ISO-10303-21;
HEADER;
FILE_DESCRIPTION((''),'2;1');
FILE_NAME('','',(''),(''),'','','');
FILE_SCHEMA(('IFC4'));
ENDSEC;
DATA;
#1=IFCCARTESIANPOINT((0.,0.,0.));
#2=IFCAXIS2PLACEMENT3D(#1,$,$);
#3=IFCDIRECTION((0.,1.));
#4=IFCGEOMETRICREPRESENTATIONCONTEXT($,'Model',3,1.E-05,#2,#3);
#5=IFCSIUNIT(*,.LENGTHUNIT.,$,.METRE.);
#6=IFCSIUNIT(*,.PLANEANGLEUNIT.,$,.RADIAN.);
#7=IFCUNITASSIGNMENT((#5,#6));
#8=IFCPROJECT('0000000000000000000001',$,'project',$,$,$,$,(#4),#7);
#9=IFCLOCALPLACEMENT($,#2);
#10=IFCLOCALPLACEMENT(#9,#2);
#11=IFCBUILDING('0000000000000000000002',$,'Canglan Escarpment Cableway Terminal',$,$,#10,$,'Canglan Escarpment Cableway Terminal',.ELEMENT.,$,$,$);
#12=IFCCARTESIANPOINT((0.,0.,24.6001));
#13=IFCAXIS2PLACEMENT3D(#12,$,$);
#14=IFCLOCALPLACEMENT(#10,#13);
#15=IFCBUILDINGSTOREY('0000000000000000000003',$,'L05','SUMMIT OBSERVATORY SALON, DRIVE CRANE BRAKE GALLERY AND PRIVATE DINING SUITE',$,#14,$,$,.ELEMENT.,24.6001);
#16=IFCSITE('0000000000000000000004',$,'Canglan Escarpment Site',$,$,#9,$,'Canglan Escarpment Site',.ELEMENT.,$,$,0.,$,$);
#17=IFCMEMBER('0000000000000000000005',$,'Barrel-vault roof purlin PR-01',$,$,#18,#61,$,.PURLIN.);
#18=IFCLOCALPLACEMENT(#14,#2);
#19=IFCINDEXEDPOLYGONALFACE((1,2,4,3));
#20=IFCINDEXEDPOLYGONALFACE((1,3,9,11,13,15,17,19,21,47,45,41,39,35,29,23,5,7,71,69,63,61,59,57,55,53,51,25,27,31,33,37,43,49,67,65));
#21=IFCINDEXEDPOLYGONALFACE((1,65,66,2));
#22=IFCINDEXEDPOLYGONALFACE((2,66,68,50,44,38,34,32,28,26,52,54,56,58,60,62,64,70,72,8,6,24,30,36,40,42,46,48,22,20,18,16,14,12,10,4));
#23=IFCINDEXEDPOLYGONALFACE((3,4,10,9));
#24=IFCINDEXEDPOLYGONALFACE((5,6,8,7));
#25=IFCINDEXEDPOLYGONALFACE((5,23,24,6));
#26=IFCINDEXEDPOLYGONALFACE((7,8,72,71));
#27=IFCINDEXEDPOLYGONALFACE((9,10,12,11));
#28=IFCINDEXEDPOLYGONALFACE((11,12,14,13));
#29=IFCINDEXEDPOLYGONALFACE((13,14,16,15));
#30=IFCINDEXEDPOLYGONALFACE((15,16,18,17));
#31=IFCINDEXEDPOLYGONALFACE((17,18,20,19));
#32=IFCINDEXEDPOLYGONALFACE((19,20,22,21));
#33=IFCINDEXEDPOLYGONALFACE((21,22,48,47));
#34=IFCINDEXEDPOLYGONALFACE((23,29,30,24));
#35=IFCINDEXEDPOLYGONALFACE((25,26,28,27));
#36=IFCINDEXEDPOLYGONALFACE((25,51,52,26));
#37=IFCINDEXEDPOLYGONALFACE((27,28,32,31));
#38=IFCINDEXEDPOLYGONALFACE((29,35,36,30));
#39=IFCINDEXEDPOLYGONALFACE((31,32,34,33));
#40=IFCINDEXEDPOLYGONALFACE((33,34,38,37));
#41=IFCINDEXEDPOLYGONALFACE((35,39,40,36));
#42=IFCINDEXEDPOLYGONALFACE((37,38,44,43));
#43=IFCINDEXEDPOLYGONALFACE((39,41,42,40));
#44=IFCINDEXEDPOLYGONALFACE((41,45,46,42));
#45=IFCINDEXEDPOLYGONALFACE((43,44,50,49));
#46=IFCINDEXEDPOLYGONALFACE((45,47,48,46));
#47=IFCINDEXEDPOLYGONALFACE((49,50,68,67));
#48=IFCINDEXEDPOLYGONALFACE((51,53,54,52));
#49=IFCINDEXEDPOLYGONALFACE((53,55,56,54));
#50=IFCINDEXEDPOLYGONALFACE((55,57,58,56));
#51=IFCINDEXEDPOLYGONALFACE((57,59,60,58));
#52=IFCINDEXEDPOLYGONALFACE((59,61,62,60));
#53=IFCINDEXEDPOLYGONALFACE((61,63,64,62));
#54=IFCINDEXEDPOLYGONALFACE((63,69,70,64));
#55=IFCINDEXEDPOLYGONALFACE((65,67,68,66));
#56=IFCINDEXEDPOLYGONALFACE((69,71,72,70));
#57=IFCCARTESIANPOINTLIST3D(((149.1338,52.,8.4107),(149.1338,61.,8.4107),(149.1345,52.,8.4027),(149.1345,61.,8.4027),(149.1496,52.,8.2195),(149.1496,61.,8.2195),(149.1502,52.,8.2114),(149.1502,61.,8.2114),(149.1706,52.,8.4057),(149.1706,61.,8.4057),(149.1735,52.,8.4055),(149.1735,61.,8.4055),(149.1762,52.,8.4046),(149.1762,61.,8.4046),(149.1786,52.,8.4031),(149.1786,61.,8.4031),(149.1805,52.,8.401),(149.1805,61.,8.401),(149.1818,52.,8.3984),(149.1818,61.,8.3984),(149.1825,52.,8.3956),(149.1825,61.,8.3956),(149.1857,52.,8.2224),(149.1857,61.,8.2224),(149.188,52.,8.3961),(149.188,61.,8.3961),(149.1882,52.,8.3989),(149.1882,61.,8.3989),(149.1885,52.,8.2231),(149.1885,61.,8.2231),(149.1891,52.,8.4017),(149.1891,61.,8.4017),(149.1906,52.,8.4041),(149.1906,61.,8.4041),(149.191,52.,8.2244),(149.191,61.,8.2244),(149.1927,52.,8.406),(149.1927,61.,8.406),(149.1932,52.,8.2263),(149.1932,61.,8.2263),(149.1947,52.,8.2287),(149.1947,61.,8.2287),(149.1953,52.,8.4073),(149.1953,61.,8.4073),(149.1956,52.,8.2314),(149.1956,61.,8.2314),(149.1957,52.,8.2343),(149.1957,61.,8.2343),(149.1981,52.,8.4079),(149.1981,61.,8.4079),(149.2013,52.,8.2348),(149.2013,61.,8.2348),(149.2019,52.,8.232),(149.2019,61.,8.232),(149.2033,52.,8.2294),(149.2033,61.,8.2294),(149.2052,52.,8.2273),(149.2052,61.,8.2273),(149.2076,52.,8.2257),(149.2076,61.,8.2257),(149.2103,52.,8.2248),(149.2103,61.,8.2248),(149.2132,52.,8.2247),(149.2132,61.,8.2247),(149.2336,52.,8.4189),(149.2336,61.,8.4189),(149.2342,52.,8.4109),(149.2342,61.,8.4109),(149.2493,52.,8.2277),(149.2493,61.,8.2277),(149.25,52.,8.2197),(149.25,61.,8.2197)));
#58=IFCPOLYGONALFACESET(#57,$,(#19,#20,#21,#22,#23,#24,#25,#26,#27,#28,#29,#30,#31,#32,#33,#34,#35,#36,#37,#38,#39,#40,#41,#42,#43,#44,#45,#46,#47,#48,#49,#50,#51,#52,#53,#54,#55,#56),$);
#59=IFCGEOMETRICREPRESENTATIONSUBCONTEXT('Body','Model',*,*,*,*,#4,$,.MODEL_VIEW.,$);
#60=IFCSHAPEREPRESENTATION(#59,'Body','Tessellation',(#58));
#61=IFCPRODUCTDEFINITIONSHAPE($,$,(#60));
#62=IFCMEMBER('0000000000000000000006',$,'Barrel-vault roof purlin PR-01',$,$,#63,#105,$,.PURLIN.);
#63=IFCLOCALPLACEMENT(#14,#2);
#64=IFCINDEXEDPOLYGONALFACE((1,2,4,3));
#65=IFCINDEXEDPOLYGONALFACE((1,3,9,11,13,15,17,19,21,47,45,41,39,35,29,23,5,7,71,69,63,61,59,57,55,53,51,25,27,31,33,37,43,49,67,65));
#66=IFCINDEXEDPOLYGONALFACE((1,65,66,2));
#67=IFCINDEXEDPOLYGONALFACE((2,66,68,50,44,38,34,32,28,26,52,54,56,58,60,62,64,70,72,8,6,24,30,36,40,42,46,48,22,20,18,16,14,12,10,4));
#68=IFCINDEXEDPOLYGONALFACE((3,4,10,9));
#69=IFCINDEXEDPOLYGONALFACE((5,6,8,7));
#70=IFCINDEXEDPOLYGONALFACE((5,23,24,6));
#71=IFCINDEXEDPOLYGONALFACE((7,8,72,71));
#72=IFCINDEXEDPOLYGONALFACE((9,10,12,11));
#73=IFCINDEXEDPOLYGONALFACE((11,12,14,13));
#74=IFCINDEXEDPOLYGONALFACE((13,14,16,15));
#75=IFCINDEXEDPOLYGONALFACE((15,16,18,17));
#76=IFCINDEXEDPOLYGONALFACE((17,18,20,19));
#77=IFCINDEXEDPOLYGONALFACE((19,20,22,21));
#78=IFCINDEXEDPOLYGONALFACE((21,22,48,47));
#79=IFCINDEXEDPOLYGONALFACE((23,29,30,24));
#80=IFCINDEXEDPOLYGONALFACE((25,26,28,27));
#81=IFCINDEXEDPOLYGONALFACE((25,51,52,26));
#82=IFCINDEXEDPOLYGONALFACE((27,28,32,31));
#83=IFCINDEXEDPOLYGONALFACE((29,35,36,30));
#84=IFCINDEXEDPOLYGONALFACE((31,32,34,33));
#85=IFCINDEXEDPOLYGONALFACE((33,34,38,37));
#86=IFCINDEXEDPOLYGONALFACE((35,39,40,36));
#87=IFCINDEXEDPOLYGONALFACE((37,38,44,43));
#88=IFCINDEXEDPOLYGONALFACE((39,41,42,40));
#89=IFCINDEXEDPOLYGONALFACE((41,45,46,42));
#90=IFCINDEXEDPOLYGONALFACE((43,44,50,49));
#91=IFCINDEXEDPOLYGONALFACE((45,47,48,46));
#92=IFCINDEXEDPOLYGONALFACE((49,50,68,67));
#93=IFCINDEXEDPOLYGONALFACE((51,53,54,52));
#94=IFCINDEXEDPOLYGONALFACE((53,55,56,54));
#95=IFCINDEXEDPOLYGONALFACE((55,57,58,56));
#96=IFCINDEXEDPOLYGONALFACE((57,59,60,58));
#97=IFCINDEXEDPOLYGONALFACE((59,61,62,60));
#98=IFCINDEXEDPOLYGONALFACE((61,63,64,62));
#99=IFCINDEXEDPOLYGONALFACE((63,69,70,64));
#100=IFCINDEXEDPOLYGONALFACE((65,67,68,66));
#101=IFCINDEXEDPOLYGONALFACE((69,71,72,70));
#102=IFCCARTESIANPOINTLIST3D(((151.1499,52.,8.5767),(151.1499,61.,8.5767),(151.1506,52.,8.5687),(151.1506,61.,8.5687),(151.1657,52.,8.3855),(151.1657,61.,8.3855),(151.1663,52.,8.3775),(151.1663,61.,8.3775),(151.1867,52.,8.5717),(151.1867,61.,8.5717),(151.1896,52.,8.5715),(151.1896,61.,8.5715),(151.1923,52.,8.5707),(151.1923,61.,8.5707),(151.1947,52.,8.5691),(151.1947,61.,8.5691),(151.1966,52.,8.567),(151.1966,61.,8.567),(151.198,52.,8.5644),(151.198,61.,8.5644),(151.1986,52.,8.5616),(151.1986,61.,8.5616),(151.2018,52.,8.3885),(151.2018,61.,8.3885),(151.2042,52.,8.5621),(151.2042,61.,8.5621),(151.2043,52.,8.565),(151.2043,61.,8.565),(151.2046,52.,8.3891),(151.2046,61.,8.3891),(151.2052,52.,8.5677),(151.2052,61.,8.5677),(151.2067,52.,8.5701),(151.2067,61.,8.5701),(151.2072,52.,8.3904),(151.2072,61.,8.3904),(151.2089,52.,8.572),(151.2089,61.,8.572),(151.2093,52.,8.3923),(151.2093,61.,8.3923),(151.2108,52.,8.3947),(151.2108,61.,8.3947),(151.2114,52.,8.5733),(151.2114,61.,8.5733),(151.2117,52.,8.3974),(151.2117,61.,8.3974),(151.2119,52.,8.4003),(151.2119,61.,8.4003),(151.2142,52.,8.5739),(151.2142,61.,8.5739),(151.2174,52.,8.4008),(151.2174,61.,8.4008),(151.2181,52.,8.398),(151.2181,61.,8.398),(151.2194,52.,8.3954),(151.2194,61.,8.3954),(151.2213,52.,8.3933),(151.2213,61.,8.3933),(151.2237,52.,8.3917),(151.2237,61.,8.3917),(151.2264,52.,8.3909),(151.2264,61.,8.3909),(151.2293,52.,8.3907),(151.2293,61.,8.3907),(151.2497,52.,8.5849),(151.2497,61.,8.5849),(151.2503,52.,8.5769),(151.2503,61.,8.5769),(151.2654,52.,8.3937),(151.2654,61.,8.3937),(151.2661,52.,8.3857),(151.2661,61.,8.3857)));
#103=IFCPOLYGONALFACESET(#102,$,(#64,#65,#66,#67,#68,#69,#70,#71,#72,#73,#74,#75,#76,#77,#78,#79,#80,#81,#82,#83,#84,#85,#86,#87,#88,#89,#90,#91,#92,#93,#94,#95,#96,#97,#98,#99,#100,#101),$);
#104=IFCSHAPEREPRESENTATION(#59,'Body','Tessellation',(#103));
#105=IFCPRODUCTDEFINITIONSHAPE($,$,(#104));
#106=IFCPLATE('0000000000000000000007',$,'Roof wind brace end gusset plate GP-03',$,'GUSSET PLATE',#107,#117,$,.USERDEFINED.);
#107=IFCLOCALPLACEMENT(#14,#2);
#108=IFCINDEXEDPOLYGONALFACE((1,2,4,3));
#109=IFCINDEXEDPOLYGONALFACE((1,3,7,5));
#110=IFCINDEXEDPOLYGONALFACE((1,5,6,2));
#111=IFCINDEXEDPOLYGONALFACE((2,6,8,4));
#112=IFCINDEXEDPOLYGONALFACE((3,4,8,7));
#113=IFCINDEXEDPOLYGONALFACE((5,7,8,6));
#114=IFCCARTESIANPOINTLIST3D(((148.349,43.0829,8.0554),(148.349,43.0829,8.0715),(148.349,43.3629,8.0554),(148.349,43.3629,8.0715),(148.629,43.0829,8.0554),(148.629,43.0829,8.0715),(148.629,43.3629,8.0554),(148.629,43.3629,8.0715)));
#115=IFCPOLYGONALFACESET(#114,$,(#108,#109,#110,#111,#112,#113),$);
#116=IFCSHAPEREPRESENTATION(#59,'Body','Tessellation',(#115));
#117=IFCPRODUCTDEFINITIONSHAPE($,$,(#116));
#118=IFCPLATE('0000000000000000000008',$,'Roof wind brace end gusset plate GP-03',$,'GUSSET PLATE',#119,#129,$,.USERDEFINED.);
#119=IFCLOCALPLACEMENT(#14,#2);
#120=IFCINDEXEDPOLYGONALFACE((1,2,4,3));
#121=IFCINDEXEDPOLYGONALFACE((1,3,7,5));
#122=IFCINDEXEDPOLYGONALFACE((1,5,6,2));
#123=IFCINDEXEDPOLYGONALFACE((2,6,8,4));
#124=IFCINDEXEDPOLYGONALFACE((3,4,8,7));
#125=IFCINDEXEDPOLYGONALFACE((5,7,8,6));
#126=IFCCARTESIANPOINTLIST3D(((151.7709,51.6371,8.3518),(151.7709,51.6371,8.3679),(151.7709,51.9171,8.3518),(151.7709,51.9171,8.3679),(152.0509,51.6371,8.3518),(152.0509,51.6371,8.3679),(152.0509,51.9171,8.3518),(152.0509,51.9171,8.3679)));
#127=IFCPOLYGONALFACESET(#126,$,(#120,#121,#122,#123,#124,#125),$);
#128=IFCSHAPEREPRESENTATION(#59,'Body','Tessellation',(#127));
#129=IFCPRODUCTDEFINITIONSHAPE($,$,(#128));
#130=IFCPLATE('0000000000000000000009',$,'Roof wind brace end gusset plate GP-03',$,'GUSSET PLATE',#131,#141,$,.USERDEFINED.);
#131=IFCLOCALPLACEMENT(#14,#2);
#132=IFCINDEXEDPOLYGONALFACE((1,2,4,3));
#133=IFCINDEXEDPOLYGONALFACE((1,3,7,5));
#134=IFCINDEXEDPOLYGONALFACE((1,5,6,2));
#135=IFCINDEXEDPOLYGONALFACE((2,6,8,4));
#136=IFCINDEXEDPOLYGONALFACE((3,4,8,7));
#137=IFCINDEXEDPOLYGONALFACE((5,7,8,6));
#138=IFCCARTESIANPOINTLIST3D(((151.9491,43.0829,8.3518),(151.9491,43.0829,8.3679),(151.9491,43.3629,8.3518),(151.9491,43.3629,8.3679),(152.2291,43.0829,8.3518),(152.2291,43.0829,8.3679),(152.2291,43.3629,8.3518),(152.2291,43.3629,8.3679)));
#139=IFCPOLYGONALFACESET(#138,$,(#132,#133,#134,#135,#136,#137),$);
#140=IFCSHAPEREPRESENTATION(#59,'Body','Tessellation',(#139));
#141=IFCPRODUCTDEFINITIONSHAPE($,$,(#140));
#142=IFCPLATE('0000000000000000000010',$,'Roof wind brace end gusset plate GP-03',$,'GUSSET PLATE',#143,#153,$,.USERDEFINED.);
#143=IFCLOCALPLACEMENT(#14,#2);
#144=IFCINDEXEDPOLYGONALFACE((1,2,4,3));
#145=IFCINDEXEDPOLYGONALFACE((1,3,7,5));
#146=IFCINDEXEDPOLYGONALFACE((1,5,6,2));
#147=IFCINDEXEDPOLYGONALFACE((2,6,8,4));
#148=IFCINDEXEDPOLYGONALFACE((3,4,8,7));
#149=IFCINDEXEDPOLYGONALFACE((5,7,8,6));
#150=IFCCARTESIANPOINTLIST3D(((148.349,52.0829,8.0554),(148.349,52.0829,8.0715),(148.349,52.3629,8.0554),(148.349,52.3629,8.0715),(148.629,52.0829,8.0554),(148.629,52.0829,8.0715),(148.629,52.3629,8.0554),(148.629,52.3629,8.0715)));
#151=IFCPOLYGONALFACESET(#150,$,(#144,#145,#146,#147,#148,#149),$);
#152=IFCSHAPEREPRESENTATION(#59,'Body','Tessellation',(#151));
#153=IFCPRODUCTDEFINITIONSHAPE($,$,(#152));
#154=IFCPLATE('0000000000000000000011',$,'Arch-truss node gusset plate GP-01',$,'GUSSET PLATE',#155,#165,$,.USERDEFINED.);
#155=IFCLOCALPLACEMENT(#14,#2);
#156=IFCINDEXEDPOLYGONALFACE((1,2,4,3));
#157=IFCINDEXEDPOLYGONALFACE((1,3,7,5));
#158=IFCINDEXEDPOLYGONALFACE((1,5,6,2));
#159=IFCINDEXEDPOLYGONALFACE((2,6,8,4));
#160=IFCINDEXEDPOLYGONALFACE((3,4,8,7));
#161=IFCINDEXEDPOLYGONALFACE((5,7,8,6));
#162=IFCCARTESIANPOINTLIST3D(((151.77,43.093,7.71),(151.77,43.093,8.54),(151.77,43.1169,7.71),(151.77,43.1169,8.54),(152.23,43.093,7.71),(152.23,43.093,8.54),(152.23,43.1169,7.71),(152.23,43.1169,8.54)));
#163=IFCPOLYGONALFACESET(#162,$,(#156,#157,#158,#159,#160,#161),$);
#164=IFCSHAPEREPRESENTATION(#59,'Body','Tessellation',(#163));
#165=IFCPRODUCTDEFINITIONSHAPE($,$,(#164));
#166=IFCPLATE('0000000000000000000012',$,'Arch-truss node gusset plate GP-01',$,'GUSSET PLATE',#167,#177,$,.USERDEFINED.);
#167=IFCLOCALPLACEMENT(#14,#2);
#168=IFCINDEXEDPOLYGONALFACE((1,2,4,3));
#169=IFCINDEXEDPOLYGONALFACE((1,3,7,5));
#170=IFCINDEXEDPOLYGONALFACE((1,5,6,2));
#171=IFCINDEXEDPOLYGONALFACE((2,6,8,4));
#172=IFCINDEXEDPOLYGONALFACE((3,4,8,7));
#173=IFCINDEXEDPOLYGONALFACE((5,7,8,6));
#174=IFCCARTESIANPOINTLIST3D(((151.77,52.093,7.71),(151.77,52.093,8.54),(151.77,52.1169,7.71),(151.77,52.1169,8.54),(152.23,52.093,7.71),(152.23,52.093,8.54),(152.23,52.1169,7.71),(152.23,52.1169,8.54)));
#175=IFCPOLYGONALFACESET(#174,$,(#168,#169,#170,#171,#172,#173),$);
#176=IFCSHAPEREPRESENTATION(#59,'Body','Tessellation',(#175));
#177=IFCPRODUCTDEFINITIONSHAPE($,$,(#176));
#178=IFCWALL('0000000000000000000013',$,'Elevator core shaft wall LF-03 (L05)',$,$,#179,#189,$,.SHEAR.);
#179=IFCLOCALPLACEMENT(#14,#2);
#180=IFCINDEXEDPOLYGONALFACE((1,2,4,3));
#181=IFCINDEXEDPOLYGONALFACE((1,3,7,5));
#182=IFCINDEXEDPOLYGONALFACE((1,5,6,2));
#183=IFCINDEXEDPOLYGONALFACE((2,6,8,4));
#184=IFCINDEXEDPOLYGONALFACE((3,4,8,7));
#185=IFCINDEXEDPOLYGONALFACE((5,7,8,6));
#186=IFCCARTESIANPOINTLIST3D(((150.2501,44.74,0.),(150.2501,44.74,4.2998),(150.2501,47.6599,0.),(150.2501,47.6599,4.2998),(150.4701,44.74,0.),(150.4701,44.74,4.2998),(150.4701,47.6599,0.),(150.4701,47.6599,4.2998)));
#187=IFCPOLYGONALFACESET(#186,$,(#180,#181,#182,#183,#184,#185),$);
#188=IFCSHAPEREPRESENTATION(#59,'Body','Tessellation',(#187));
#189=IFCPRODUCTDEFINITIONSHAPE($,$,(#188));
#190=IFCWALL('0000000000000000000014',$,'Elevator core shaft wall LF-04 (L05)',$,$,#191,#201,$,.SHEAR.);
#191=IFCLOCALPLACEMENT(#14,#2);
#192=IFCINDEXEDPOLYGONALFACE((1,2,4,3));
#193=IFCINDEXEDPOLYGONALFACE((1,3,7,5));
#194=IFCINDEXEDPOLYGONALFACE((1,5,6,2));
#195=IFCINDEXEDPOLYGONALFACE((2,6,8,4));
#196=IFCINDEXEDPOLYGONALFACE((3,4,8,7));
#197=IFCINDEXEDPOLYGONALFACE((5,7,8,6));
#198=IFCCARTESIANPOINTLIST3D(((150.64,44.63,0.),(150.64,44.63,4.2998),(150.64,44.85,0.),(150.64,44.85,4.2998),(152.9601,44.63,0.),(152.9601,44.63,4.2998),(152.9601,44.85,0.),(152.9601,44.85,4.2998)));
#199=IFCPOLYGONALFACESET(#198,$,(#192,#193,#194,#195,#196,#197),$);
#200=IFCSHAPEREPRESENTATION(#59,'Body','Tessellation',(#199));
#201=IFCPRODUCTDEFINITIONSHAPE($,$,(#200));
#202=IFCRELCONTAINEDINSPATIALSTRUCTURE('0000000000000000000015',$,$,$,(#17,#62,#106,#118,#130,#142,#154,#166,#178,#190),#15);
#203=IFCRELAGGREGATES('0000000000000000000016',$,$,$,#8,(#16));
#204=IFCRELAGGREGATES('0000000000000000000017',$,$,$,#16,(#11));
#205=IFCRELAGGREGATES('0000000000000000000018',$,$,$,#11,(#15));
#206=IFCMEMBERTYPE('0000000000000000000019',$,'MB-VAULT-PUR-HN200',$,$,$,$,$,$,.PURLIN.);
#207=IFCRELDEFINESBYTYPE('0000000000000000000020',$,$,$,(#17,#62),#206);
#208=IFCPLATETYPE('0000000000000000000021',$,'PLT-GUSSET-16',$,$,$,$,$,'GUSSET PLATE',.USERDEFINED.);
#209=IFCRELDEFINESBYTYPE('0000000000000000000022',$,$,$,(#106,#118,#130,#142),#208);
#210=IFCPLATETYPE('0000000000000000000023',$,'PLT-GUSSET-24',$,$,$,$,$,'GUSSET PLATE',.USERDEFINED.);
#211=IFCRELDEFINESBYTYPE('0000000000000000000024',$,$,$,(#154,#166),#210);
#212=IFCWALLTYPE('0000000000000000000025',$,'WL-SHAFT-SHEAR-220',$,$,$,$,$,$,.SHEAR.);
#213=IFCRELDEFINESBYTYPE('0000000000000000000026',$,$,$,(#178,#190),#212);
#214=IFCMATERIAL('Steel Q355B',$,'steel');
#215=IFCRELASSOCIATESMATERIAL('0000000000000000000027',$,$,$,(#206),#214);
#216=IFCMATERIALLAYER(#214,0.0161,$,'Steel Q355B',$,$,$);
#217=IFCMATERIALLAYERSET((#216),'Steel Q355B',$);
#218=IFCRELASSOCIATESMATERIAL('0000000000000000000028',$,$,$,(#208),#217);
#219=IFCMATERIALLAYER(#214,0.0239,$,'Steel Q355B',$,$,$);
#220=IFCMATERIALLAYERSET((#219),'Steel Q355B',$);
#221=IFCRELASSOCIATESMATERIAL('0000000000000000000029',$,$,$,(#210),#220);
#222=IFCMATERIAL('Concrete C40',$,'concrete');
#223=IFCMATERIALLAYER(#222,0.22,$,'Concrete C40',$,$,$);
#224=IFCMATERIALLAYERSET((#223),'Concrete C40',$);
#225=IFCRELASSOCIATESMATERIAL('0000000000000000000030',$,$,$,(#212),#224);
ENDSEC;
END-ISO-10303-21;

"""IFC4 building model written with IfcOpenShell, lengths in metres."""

from ifc_helpers import new_model, si_unit, direction, frame, frame_2d, origin, origin_2d, place, context, subcontext, project, spatial, rectangle, i_section, extrude, material, layer, layer_set, material_profile, profile_set, type_object, element, save


model = new_model("IFC4")

# Units and contexts
model_context = context("Model", 3, precision=1e-05, world=origin(), true_north=direction((0.0, 1.0)))
body_context = subcontext(model_context, "Body", "Model", "MODEL_VIEW")
ifc_project = project(units=[si_unit("LENGTHUNIT", "METRE"), si_unit("PLANEANGLEUNIT", "RADIAN")], contexts=[model_context])

# Site, building, storey
site_placement = place(None, origin())
site = spatial("IfcSite", under=ifc_project, at=site_placement, Name="Canglan Escarpment Site", LongName="Canglan Escarpment Site", CompositionType="ELEMENT", RefElevation=0.0)
building_placement = place(site_placement, origin())
building = spatial("IfcBuilding", under=site, at=building_placement, Name="Canglan Escarpment Cableway Terminal", LongName="Canglan Escarpment Cableway Terminal", CompositionType="ELEMENT")
storey_placement = place(building_placement, frame((0.0, 0.0, 24.6001)))
storey = spatial("IfcBuildingStorey", under=building, at=storey_placement, Name="L05", Description="SUMMIT OBSERVATORY SALON, DRIVE CRANE BRAKE GALLERY AND PRIVATE DINING SUITE", CompositionType="ELEMENT", Elevation=24.6001)

# Shared definitions
ifc_material_1 = material(Name="Steel Q355B", Category="steel")

# Members
ifc_material_profile_1 = material_profile(ifc_material_1, i_section(OverallWidth=0.1001, OverallDepth=0.2, WebThickness=0.0056, FlangeThickness=0.0081, FilletRadius=0.011, at=origin_2d()), Name="HN 200x100x5.5x8")
ifc_profile_set_1 = profile_set([ifc_material_profile_1], Name="Steel Q355B")
member_type_1 = type_object("IfcMemberType", Name="MB-VAULT-PUR-HN200", PredefinedType="PURLIN", material=ifc_profile_set_1)
for number, where, z_axis, x_axis, name in (
    (1, (149.1919, 52.0, 8.3152), (0.0, 1.0, 0.0), (-0.996626, 0.0, -0.082078), "Barrel-vault roof purlin PR-01"),
    (2, (151.208, 52.0, 8.4812), (0.0, 1.0, 0.0), (-0.996626, 0.0, -0.082078), "Barrel-vault roof purlin PR-01"),
):
    element("IfcMember", number, at=place(storey_placement, frame(where, z_axis=z_axis, x_axis=x_axis)), inside=storey, type_object=member_type_1, Name=name, PredefinedType="PURLIN", context=body_context, shape_type="SweptSolid", body=[
        extrude(i_section(OverallWidth=0.1001, OverallDepth=0.2, WebThickness=0.0056, FlangeThickness=0.0081, FilletRadius=0.011, at=origin_2d()), origin(), (0.0, 0.0, 1.0), 9.0),
    ])

# Plates
ifc_layer_1 = layer(ifc_material_1, 0.0161, Name="Steel Q355B")
ifc_layer_set_1 = layer_set([ifc_layer_1], Name="Steel Q355B")
plate_type_1 = type_object("IfcPlateType", Name="PLT-GUSSET-16", ElementType="GUSSET PLATE", PredefinedType="USERDEFINED", material=ifc_layer_set_1)
for number, where, z_axis, x_axis, name in (
    (3, (148.489, 43.2229, 8.0554), (0.0, 0.0, 1.0), (1.0, 0.0, 0.0), "Roof wind brace end gusset plate GP-03"),
    (4, (151.9109, 51.7771, 8.3518), (0.0, 0.0, 1.0), (1.0, 0.0, 0.0), "Roof wind brace end gusset plate GP-03"),
    (5, (152.0891, 43.2229, 8.3518), (0.0, 0.0, 1.0), (1.0, 0.0, 0.0), "Roof wind brace end gusset plate GP-03"),
    (6, (148.489, 52.2229, 8.0554), (0.0, 0.0, 1.0), (1.0, 0.0, 0.0), "Roof wind brace end gusset plate GP-03"),
):
    element("IfcPlate", number, at=place(storey_placement, frame(where, z_axis=z_axis, x_axis=x_axis)), inside=storey, type_object=plate_type_1, Name=name, ObjectType="GUSSET PLATE", PredefinedType="USERDEFINED", context=body_context, shape_type="SweptSolid", body=[
        extrude(rectangle(XDim=0.28, YDim=0.28, at=origin_2d()), origin(), (0.0, 0.0, 1.0), 0.0161),
    ])
ifc_layer_2 = layer(ifc_material_1, 0.0239, Name="Steel Q355B")
ifc_layer_set_2 = layer_set([ifc_layer_2], Name="Steel Q355B")
plate_type_2 = type_object("IfcPlateType", Name="PLT-GUSSET-24", ElementType="GUSSET PLATE", PredefinedType="USERDEFINED", material=ifc_layer_set_2)
for number, where, z_axis, x_axis, name in (
    (7, (152.0, 43.105, 7.71), (0.0, 0.0, 1.0), (1.0, 0.0, 0.0), "Arch-truss node gusset plate GP-01"),
    (8, (152.0, 52.105, 7.71), (0.0, 0.0, 1.0), (1.0, 0.0, 0.0), "Arch-truss node gusset plate GP-01"),
):
    element("IfcPlate", number, at=place(storey_placement, frame(where, z_axis=z_axis, x_axis=x_axis)), inside=storey, type_object=plate_type_2, Name=name, ObjectType="GUSSET PLATE", PredefinedType="USERDEFINED", context=body_context, shape_type="SweptSolid", body=[
        extrude(rectangle(XDim=0.46, YDim=0.0239, at=origin_2d()), origin(), (0.0, 0.0, 1.0), 0.8301),
    ])

# Wall
ifc_material_2 = material(Name="Concrete C40", Category="concrete")
ifc_layer_3 = layer(ifc_material_2, 0.22, Name="Concrete C40")
ifc_layer_set_3 = layer_set([ifc_layer_3], Name="Concrete C40")
wall_type = type_object("IfcWallType", Name="WL-SHAFT-SHEAR-220", PredefinedType="SHEAR", material=ifc_layer_set_3)
wall_1_placement = place(storey_placement, frame((150.3601, 44.74, 0.0), z_axis=(0.0, 0.0, 1.0), x_axis=(0.0, 1.0, 0.0)))
element("IfcWall", 9, at=wall_1_placement, inside=storey, type_object=wall_type, Name="Elevator core shaft wall LF-03 (L05)", PredefinedType="SHEAR", context=body_context, shape_type="SweptSolid", body=[
    extrude(rectangle(XDim=2.9199, YDim=0.22, at=frame_2d((1.46, 0.0))), origin(), (0.0, 0.0, 1.0), 4.2998),
])

# Wall
wall_2_placement = place(storey_placement, frame((150.6399, 44.74, 0.0), z_axis=(0.0, 0.0, 1.0), x_axis=(1.0, 0.0, 0.0)))
element("IfcWall", 10, at=wall_2_placement, inside=storey, type_object=wall_type, Name="Elevator core shaft wall LF-04 (L05)", PredefinedType="SHEAR", context=body_context, shape_type="SweptSolid", body=[
    extrude(rectangle(XDim=2.3201, YDim=0.22, at=frame_2d((1.1602, 0.0))), origin(), (0.0, 0.0, 1.0), 4.2998),
])

save(model, "model.ifc")
